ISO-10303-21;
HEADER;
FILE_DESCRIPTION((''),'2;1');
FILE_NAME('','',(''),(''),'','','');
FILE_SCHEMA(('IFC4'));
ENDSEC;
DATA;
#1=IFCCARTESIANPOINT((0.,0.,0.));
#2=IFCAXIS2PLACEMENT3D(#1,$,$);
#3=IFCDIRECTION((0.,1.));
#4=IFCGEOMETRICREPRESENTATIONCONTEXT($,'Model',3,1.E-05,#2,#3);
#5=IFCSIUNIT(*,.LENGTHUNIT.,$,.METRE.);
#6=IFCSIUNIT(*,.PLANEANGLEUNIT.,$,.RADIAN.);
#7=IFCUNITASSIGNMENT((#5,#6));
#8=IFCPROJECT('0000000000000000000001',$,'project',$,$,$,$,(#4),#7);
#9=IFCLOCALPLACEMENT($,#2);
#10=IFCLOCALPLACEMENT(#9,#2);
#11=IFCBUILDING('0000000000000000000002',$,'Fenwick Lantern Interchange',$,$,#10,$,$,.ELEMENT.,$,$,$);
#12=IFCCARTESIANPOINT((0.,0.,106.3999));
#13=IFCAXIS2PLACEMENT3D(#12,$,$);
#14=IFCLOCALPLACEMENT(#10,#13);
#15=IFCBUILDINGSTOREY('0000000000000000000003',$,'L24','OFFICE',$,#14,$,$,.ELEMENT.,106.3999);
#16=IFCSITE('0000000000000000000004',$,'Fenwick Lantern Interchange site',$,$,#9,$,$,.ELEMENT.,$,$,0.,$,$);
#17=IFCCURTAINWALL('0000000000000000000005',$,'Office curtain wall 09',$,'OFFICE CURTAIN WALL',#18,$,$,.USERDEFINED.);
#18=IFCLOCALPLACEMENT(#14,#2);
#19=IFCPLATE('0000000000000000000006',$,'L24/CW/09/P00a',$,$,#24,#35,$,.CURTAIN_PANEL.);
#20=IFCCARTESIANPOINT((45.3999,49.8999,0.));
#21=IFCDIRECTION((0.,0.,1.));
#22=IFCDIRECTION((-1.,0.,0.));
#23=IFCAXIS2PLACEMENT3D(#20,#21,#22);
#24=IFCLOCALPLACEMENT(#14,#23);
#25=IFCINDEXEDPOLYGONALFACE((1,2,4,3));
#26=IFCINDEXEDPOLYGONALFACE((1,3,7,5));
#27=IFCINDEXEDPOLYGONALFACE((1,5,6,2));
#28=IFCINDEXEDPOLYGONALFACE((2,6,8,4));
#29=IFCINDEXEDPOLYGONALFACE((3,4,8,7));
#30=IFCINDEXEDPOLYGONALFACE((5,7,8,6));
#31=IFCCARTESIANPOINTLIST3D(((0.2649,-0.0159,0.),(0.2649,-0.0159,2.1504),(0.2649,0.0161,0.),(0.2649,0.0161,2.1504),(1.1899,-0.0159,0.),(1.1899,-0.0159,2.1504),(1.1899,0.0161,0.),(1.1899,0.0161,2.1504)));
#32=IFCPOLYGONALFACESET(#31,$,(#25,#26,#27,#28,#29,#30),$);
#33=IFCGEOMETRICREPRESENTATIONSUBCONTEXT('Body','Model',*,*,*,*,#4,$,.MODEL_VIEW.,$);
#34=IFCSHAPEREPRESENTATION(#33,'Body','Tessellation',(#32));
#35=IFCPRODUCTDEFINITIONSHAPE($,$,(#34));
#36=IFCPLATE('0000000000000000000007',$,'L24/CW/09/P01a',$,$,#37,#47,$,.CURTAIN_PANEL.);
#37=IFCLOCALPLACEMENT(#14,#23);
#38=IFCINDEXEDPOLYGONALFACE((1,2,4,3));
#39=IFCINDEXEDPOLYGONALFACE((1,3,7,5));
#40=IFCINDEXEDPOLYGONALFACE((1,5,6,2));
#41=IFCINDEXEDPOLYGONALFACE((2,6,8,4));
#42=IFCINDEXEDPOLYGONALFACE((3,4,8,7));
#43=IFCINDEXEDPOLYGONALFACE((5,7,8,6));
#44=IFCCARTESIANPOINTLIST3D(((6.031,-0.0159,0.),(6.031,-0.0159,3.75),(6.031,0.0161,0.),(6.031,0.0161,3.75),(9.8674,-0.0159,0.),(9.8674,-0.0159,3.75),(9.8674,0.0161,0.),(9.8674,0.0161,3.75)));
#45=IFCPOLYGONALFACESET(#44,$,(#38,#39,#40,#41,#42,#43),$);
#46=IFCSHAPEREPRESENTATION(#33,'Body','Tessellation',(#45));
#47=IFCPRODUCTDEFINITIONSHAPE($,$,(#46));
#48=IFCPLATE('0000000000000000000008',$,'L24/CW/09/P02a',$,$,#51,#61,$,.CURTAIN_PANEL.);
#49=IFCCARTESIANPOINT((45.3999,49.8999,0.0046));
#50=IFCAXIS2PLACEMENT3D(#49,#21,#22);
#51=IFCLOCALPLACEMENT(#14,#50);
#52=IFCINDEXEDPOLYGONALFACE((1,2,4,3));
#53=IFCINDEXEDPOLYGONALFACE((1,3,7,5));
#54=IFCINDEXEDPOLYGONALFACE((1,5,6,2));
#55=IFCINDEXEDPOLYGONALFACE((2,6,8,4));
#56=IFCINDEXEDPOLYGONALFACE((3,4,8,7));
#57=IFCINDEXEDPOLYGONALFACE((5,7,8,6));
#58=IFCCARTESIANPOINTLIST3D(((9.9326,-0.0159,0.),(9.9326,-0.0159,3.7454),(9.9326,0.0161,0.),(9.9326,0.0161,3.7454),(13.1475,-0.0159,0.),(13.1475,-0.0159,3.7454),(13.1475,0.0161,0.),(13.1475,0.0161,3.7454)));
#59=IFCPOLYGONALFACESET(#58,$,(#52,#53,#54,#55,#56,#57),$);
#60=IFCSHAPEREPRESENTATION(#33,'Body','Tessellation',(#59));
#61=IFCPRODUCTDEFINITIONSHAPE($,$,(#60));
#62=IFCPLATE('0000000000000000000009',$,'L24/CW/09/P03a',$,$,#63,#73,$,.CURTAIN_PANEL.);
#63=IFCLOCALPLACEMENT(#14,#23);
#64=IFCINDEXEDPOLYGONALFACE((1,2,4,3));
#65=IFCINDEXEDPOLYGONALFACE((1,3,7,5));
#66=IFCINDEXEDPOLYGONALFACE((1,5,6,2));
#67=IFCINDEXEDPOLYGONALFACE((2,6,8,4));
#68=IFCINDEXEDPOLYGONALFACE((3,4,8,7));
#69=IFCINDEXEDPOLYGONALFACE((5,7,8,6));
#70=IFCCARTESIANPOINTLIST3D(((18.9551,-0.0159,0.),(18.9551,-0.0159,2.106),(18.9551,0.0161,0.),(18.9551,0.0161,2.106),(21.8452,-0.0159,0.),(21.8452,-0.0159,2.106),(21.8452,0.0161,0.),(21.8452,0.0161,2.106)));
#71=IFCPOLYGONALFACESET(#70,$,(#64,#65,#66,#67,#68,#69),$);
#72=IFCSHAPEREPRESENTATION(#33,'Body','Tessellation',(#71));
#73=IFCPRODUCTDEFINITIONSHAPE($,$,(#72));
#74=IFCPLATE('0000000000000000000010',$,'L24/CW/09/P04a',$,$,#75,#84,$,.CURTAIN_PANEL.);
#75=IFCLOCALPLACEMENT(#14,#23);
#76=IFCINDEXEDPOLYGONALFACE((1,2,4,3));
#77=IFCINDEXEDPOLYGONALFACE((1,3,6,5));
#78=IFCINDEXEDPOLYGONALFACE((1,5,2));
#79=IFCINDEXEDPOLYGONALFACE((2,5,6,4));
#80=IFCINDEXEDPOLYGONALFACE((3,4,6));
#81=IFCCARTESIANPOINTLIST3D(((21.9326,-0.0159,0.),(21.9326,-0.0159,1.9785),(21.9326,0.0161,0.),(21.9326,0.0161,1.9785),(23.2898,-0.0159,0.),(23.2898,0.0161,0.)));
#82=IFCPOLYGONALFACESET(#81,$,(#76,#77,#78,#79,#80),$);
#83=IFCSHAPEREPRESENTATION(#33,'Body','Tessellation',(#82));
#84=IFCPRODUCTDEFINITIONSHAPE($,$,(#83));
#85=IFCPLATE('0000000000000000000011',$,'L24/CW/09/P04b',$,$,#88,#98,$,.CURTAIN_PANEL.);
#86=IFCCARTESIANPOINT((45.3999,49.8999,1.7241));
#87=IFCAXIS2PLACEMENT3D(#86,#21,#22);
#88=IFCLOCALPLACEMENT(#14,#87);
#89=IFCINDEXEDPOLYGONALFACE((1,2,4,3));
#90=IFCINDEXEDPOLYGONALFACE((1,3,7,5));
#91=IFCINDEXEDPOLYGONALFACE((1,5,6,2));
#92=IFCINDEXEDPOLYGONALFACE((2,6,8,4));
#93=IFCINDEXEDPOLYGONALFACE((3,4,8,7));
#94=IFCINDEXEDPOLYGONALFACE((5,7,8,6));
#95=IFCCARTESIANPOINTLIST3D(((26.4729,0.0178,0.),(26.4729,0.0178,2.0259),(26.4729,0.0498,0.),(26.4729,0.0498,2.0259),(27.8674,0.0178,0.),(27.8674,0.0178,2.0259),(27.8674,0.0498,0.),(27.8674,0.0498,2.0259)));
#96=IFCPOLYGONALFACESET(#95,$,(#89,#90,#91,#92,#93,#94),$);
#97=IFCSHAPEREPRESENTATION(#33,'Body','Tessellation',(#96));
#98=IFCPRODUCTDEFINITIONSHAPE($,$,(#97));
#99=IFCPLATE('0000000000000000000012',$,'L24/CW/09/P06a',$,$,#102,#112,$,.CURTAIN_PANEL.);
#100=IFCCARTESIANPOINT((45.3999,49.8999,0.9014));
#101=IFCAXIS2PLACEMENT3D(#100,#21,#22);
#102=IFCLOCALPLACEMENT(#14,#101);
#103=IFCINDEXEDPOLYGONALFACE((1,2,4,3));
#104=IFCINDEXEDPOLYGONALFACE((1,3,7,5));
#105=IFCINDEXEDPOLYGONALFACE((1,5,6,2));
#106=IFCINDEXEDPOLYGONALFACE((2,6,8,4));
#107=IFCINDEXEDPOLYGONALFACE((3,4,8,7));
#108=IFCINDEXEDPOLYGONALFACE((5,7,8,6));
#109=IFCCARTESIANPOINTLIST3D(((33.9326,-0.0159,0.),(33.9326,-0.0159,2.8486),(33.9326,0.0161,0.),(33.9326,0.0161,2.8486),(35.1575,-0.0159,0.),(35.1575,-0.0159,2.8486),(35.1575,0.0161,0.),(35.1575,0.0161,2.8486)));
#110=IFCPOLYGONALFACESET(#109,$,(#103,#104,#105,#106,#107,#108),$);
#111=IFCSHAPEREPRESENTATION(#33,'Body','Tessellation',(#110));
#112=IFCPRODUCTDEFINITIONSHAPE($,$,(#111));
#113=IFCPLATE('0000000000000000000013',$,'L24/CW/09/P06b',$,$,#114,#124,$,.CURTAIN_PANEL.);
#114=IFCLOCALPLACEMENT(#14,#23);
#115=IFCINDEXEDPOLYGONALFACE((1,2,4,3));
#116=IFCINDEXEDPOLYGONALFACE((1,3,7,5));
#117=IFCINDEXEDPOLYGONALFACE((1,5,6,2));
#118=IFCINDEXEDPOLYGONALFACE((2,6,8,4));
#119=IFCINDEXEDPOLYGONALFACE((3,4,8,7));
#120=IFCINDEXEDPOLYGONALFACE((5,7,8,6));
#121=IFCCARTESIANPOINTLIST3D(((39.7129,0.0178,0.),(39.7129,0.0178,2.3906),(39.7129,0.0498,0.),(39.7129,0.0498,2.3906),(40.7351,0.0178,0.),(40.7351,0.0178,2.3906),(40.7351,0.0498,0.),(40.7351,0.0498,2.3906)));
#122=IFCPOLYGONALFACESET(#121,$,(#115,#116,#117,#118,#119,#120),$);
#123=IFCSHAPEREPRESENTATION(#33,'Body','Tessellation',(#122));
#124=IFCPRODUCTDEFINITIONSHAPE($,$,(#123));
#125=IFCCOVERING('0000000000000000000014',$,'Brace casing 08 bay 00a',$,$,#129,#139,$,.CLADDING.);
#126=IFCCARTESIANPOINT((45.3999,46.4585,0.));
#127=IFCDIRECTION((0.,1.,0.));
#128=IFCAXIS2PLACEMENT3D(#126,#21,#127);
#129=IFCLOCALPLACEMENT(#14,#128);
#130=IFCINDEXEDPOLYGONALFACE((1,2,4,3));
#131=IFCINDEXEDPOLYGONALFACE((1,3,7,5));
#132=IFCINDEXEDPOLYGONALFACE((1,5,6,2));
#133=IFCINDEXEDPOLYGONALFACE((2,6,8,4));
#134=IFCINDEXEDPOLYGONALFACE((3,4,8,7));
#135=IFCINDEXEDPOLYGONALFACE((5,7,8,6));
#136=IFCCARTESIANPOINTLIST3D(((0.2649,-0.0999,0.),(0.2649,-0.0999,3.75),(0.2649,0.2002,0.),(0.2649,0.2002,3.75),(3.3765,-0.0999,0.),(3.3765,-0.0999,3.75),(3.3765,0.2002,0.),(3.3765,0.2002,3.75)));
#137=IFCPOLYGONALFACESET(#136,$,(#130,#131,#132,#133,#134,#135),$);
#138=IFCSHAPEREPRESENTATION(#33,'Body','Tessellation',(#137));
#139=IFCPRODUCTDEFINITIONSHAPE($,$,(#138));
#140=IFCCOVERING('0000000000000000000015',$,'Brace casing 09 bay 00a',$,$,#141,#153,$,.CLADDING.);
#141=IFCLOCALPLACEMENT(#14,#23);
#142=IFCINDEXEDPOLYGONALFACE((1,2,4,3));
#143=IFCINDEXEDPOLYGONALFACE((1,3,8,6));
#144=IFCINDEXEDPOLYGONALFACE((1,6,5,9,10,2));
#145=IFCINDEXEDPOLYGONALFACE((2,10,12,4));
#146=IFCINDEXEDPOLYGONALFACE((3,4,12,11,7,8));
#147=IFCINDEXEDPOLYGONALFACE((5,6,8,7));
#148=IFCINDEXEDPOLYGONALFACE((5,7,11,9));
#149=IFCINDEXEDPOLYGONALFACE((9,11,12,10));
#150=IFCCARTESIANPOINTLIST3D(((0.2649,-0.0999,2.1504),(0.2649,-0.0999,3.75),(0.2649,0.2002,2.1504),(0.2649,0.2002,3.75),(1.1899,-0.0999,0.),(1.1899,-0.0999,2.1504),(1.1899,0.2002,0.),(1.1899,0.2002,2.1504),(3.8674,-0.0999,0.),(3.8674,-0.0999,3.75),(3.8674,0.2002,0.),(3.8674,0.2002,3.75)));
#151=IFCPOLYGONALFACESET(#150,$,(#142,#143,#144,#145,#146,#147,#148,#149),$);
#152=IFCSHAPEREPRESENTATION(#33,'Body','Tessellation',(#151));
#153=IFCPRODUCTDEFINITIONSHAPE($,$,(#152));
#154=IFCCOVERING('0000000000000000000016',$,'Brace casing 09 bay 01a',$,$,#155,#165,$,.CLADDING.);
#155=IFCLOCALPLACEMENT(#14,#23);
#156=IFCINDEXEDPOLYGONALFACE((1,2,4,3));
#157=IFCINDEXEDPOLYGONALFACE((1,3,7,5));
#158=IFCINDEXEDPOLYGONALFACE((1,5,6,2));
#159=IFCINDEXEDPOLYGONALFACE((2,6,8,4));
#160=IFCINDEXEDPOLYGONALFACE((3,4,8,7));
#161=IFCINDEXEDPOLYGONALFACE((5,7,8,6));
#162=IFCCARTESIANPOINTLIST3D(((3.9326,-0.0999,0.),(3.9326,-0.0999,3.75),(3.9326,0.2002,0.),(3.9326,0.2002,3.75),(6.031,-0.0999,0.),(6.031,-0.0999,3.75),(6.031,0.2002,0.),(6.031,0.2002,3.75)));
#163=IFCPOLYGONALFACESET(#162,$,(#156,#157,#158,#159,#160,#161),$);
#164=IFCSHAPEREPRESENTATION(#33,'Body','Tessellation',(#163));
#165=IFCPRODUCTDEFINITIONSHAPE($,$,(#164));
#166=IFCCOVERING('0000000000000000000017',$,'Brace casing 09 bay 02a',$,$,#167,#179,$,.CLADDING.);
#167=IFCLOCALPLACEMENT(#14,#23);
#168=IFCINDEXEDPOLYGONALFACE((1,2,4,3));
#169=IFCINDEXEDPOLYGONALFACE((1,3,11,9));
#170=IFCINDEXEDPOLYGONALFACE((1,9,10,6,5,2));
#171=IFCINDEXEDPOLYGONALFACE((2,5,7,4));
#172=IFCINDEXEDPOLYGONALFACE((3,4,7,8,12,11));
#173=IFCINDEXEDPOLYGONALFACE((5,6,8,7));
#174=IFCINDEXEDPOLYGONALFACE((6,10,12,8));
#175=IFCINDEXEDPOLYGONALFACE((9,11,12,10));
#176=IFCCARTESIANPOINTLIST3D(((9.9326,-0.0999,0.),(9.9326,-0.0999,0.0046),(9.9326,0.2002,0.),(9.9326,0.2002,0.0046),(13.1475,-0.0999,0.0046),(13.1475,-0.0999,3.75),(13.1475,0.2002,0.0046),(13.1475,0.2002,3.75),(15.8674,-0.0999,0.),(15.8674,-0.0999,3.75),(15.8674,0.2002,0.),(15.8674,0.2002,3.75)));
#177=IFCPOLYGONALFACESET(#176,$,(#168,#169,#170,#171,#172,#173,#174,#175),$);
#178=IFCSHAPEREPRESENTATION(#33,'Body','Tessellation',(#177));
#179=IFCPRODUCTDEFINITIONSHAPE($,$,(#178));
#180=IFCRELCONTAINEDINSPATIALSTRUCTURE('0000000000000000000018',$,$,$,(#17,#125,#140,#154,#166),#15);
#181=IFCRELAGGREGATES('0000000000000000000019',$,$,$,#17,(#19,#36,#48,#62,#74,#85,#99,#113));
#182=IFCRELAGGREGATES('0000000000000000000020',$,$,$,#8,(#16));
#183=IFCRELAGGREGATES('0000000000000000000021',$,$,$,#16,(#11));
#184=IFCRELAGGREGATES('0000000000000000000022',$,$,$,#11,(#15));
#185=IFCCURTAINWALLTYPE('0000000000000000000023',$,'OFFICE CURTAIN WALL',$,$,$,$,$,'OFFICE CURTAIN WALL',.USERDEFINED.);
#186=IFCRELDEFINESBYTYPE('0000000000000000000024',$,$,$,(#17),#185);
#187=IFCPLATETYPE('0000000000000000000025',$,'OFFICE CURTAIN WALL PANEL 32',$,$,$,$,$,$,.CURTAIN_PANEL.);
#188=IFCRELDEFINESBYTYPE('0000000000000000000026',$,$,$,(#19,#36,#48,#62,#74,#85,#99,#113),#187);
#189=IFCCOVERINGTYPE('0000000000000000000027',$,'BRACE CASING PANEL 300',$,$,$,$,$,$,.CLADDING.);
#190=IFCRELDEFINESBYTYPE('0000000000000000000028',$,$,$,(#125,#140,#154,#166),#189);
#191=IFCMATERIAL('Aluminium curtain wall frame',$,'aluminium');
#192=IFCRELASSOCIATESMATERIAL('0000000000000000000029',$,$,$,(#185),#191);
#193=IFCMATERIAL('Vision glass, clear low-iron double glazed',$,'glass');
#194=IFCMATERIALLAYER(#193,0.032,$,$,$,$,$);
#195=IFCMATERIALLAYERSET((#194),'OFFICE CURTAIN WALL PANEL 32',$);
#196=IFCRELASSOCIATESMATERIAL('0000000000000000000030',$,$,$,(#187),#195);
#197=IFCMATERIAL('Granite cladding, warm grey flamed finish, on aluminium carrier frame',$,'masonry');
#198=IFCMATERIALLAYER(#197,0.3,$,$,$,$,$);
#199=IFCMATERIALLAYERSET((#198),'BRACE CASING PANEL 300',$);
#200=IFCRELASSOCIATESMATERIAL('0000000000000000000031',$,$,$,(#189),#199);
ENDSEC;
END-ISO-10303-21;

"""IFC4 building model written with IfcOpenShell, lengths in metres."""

from ifc_helpers import new_model, si_unit, direction, frame, origin, place, context, subcontext, project, spatial, polyline, outline, extrude, material, layer, layer_set, type_object, element, aggregate, save


model = new_model("IFC4")

# Units and contexts
model_context = context("Model", 3, precision=1e-05, world=origin(), true_north=direction((0.0, 1.0)))
body_context = subcontext(model_context, "Body", "Model", "MODEL_VIEW")
ifc_project = project(units=[si_unit("LENGTHUNIT", "METRE"), si_unit("PLANEANGLEUNIT", "RADIAN")], contexts=[model_context])

# Site, building, storey
site_placement = place(None, origin())
site = spatial("IfcSite", under=ifc_project, at=site_placement, Name="Fenwick Lantern Interchange site", CompositionType="ELEMENT", RefElevation=0.0)
building_placement = place(site_placement, origin())
building = spatial("IfcBuilding", under=site, at=building_placement, Name="Fenwick Lantern Interchange", CompositionType="ELEMENT")
storey_placement = place(building_placement, frame((0.0, 0.0, 106.3999)))
storey = spatial("IfcBuildingStorey", under=building, at=storey_placement, Name="L24", Description="OFFICE", CompositionType="ELEMENT", Elevation=106.3999)

# Curtain wall
ifc_material_1 = material(Name="Aluminium curtain wall frame", Category="aluminium")
curtain_wall_type = type_object("IfcCurtainWallType", Name="OFFICE CURTAIN WALL", ElementType="OFFICE CURTAIN WALL", PredefinedType="USERDEFINED", material=ifc_material_1)
curtain_wall_1_placement = place(storey_placement, origin())
curtain_wall_1 = element("IfcCurtainWall", 1, at=curtain_wall_1_placement, inside=storey, type_object=curtain_wall_type, Name="Office curtain wall 09", ObjectType="OFFICE CURTAIN WALL", PredefinedType="USERDEFINED")

# Plates
ifc_material_2 = material(Name="Vision glass, clear low-iron double glazed", Category="glass")
ifc_layer_1 = layer(ifc_material_2, 0.032)
ifc_layer_set_1 = layer_set([ifc_layer_1], Name="OFFICE CURTAIN WALL PANEL 32")
plate_type = type_object("IfcPlateType", Name="OFFICE CURTAIN WALL PANEL 32", PredefinedType="CURTAIN_PANEL", material=ifc_layer_set_1)
plate_1_placement = place(storey_placement, frame((45.3999, 49.8999, 0.0), z_axis=(0.0, 0.0, 1.0), x_axis=(-1.0, 0.0, 0.0)))
plate_1 = element("IfcPlate", 2, at=plate_1_placement, type_object=plate_type, Name="L24/CW/09/P00a", PredefinedType="CURTAIN_PANEL", context=body_context, shape_type="SweptSolid", body=[
    extrude(outline(polyline([(0.2649, 0.0), (1.1899, 0.0), (1.1899, 2.1504), (0.2649, 2.1504), (0.2649, 0.0)])), frame((0.0, 0.0161, 0.0), z_axis=(0.0, -1.0, 0.0), x_axis=(1.0, 0.0, 0.0)), (0.0, 0.0, 1.0), 0.032),
])
plate_2_placement = place(storey_placement, frame((45.3999, 49.8999, 0.0), z_axis=(0.0, 0.0, 1.0), x_axis=(-1.0, 0.0, 0.0)))
plate_2 = element("IfcPlate", 3, at=plate_2_placement, type_object=plate_type, Name="L24/CW/09/P01a", PredefinedType="CURTAIN_PANEL", context=body_context, shape_type="SweptSolid", body=[
    extrude(outline(polyline([(6.031, 0.0), (9.8674, 0.0), (9.8674, 3.75), (6.031, 3.75), (6.031, 0.0)])), frame((0.0, 0.0161, 0.0), z_axis=(0.0, -1.0, 0.0), x_axis=(1.0, 0.0, 0.0)), (0.0, 0.0, 1.0), 0.032),
])
plate_3_placement = place(storey_placement, frame((45.3999, 49.8999, 0.0046), z_axis=(0.0, 0.0, 1.0), x_axis=(-1.0, 0.0, 0.0)))
plate_3 = element("IfcPlate", 4, at=plate_3_placement, type_object=plate_type, Name="L24/CW/09/P02a", PredefinedType="CURTAIN_PANEL", context=body_context, shape_type="SweptSolid", body=[
    extrude(outline(polyline([(9.9326, 0.0), (13.1475, 0.0), (13.1475, 3.7454), (9.9326, 3.7454), (9.9326, 0.0)])), frame((0.0, 0.0161, 0.0), z_axis=(0.0, -1.0, 0.0), x_axis=(1.0, 0.0, 0.0)), (0.0, 0.0, 1.0), 0.032),
])
plate_4_placement = place(storey_placement, frame((45.3999, 49.8999, 0.0), z_axis=(0.0, 0.0, 1.0), x_axis=(-1.0, 0.0, 0.0)))
plate_4 = element("IfcPlate", 5, at=plate_4_placement, type_object=plate_type, Name="L24/CW/09/P03a", PredefinedType="CURTAIN_PANEL", context=body_context, shape_type="SweptSolid", body=[
    extrude(outline(polyline([(18.9551, 0.0), (21.8452, 0.0), (21.8452, 2.106), (18.9551, 2.106), (18.9551, 0.0)])), frame((0.0, 0.0161, 0.0), z_axis=(0.0, -1.0, 0.0), x_axis=(1.0, 0.0, 0.0)), (0.0, 0.0, 1.0), 0.032),
])
plate_5_placement = place(storey_placement, frame((45.3999, 49.8999, 0.0), z_axis=(0.0, 0.0, 1.0), x_axis=(-1.0, 0.0, 0.0)))
plate_5 = element("IfcPlate", 6, at=plate_5_placement, type_object=plate_type, Name="L24/CW/09/P04a", PredefinedType="CURTAIN_PANEL", context=body_context, shape_type="SweptSolid", body=[
    extrude(outline(polyline([(21.9326, 0.0), (23.2898, 0.0), (21.9326, 1.9785), (21.9326, 0.0)])), frame((0.0, 0.0161, 0.0), z_axis=(0.0, -1.0, 0.0), x_axis=(1.0, 0.0, 0.0)), (0.0, 0.0, 1.0), 0.032),
])
plate_6_placement = place(storey_placement, frame((45.3999, 49.8999, 1.7241), z_axis=(0.0, 0.0, 1.0), x_axis=(-1.0, 0.0, 0.0)))
plate_6 = element("IfcPlate", 7, at=plate_6_placement, type_object=plate_type, Name="L24/CW/09/P04b", PredefinedType="CURTAIN_PANEL", context=body_context, shape_type="SweptSolid", body=[
    extrude(outline(polyline([(26.4729, 0.0), (27.8674, 0.0), (27.8674, 2.0259), (26.4729, 2.0259), (26.4729, 0.0)])), frame((0.0, 0.0498, 0.0), z_axis=(0.0, -1.0, 0.0), x_axis=(1.0, 0.0, 0.0)), (0.0, 0.0, 1.0), 0.032),
])
plate_7_placement = place(storey_placement, frame((45.3999, 49.8999, 0.9014), z_axis=(0.0, 0.0, 1.0), x_axis=(-1.0, 0.0, 0.0)))
plate_7 = element("IfcPlate", 8, at=plate_7_placement, type_object=plate_type, Name="L24/CW/09/P06a", PredefinedType="CURTAIN_PANEL", context=body_context, shape_type="SweptSolid", body=[
    extrude(outline(polyline([(33.9326, 0.0), (35.1575, 0.0), (35.1575, 2.8486), (33.9326, 2.8486), (33.9326, 0.0)])), frame((0.0, 0.0161, 0.0), z_axis=(0.0, -1.0, 0.0), x_axis=(1.0, 0.0, 0.0)), (0.0, 0.0, 1.0), 0.032),
])
plate_8_placement = place(storey_placement, frame((45.3999, 49.8999, 0.0), z_axis=(0.0, 0.0, 1.0), x_axis=(-1.0, 0.0, 0.0)))
plate_8 = element("IfcPlate", 9, at=plate_8_placement, type_object=plate_type, Name="L24/CW/09/P06b", PredefinedType="CURTAIN_PANEL", context=body_context, shape_type="SweptSolid", body=[
    extrude(outline(polyline([(39.7129, 0.0), (40.7351, 0.0), (40.7351, 2.3906), (39.7129, 2.3906), (39.7129, 0.0)])), frame((0.0, 0.0498, 0.0), z_axis=(0.0, -1.0, 0.0), x_axis=(1.0, 0.0, 0.0)), (0.0, 0.0, 1.0), 0.032),
])
aggregate(curtain_wall_1, [plate_1, plate_2, plate_3, plate_4, plate_5, plate_6, plate_7, plate_8])

# Coverings
ifc_material_3 = material(Name="Granite cladding, warm grey flamed finish, on aluminium carrier frame", Category="masonry")
ifc_layer_2 = layer(ifc_material_3, 0.3)
ifc_layer_set_2 = layer_set([ifc_layer_2], Name="BRACE CASING PANEL 300")
covering_type = type_object("IfcCoveringType", Name="BRACE CASING PANEL 300", PredefinedType="CLADDING", material=ifc_layer_set_2)
covering_1_placement = place(storey_placement, frame((45.3999, 46.4585, 0.0), z_axis=(0.0, 0.0, 1.0), x_axis=(0.0, 1.0, 0.0)))
element("IfcCovering", 10, at=covering_1_placement, inside=storey, type_object=covering_type, Name="Brace casing 08 bay 00a", PredefinedType="CLADDING", context=body_context, shape_type="SweptSolid", body=[
    extrude(outline(polyline([(0.2649, 0.0), (3.3765, 0.0), (3.3765, 3.75), (0.2649, 3.75), (0.2649, 0.0)])), frame((0.0, 0.2002, 0.0), z_axis=(0.0, -1.0, 0.0), x_axis=(1.0, 0.0, 0.0)), (0.0, 0.0, 1.0), 0.3),
])
covering_2_placement = place(storey_placement, frame((45.3999, 49.8999, 0.0), z_axis=(0.0, 0.0, 1.0), x_axis=(-1.0, 0.0, 0.0)))
element("IfcCovering", 11, at=covering_2_placement, inside=storey, type_object=covering_type, Name="Brace casing 09 bay 00a", PredefinedType="CLADDING", context=body_context, shape_type="SweptSolid", body=[
    extrude(outline(polyline([(1.1899, 0.0), (3.8674, 0.0), (3.8674, 3.75), (0.2649, 3.75), (0.2649, 2.1504), (1.1899, 2.1504), (1.1899, 0.0)])), frame((0.0, 0.2002, 0.0), z_axis=(0.0, -1.0, 0.0), x_axis=(1.0, 0.0, 0.0)), (0.0, 0.0, 1.0), 0.3),
])
covering_3_placement = place(storey_placement, frame((45.3999, 49.8999, 0.0), z_axis=(0.0, 0.0, 1.0), x_axis=(-1.0, 0.0, 0.0)))
element("IfcCovering", 12, at=covering_3_placement, inside=storey, type_object=covering_type, Name="Brace casing 09 bay 01a", PredefinedType="CLADDING", context=body_context, shape_type="SweptSolid", body=[
    extrude(outline(polyline([(3.9326, 0.0), (6.031, 0.0), (6.031, 3.75), (3.9326, 3.75), (3.9326, 0.0)])), frame((0.0, 0.2002, 0.0), z_axis=(0.0, -1.0, 0.0), x_axis=(1.0, 0.0, 0.0)), (0.0, 0.0, 1.0), 0.3),
])
covering_4_placement = place(storey_placement, frame((45.3999, 49.8999, 0.0), z_axis=(0.0, 0.0, 1.0), x_axis=(-1.0, 0.0, 0.0)))
element("IfcCovering", 13, at=covering_4_placement, inside=storey, type_object=covering_type, Name="Brace casing 09 bay 02a", PredefinedType="CLADDING", context=body_context, shape_type="SweptSolid", body=[
    extrude(outline(polyline([(9.9326, 0.0), (15.8674, 0.0), (15.8674, 3.75), (13.1475, 3.75), (13.1475, 0.0046), (9.9326, 0.0046), (9.9326, 0.0)])), frame((0.0, 0.2002, 0.0), z_axis=(0.0, -1.0, 0.0), x_axis=(1.0, 0.0, 0.0)), (0.0, 0.0, 1.0), 0.3),
])

save(model, "model.ifc")
